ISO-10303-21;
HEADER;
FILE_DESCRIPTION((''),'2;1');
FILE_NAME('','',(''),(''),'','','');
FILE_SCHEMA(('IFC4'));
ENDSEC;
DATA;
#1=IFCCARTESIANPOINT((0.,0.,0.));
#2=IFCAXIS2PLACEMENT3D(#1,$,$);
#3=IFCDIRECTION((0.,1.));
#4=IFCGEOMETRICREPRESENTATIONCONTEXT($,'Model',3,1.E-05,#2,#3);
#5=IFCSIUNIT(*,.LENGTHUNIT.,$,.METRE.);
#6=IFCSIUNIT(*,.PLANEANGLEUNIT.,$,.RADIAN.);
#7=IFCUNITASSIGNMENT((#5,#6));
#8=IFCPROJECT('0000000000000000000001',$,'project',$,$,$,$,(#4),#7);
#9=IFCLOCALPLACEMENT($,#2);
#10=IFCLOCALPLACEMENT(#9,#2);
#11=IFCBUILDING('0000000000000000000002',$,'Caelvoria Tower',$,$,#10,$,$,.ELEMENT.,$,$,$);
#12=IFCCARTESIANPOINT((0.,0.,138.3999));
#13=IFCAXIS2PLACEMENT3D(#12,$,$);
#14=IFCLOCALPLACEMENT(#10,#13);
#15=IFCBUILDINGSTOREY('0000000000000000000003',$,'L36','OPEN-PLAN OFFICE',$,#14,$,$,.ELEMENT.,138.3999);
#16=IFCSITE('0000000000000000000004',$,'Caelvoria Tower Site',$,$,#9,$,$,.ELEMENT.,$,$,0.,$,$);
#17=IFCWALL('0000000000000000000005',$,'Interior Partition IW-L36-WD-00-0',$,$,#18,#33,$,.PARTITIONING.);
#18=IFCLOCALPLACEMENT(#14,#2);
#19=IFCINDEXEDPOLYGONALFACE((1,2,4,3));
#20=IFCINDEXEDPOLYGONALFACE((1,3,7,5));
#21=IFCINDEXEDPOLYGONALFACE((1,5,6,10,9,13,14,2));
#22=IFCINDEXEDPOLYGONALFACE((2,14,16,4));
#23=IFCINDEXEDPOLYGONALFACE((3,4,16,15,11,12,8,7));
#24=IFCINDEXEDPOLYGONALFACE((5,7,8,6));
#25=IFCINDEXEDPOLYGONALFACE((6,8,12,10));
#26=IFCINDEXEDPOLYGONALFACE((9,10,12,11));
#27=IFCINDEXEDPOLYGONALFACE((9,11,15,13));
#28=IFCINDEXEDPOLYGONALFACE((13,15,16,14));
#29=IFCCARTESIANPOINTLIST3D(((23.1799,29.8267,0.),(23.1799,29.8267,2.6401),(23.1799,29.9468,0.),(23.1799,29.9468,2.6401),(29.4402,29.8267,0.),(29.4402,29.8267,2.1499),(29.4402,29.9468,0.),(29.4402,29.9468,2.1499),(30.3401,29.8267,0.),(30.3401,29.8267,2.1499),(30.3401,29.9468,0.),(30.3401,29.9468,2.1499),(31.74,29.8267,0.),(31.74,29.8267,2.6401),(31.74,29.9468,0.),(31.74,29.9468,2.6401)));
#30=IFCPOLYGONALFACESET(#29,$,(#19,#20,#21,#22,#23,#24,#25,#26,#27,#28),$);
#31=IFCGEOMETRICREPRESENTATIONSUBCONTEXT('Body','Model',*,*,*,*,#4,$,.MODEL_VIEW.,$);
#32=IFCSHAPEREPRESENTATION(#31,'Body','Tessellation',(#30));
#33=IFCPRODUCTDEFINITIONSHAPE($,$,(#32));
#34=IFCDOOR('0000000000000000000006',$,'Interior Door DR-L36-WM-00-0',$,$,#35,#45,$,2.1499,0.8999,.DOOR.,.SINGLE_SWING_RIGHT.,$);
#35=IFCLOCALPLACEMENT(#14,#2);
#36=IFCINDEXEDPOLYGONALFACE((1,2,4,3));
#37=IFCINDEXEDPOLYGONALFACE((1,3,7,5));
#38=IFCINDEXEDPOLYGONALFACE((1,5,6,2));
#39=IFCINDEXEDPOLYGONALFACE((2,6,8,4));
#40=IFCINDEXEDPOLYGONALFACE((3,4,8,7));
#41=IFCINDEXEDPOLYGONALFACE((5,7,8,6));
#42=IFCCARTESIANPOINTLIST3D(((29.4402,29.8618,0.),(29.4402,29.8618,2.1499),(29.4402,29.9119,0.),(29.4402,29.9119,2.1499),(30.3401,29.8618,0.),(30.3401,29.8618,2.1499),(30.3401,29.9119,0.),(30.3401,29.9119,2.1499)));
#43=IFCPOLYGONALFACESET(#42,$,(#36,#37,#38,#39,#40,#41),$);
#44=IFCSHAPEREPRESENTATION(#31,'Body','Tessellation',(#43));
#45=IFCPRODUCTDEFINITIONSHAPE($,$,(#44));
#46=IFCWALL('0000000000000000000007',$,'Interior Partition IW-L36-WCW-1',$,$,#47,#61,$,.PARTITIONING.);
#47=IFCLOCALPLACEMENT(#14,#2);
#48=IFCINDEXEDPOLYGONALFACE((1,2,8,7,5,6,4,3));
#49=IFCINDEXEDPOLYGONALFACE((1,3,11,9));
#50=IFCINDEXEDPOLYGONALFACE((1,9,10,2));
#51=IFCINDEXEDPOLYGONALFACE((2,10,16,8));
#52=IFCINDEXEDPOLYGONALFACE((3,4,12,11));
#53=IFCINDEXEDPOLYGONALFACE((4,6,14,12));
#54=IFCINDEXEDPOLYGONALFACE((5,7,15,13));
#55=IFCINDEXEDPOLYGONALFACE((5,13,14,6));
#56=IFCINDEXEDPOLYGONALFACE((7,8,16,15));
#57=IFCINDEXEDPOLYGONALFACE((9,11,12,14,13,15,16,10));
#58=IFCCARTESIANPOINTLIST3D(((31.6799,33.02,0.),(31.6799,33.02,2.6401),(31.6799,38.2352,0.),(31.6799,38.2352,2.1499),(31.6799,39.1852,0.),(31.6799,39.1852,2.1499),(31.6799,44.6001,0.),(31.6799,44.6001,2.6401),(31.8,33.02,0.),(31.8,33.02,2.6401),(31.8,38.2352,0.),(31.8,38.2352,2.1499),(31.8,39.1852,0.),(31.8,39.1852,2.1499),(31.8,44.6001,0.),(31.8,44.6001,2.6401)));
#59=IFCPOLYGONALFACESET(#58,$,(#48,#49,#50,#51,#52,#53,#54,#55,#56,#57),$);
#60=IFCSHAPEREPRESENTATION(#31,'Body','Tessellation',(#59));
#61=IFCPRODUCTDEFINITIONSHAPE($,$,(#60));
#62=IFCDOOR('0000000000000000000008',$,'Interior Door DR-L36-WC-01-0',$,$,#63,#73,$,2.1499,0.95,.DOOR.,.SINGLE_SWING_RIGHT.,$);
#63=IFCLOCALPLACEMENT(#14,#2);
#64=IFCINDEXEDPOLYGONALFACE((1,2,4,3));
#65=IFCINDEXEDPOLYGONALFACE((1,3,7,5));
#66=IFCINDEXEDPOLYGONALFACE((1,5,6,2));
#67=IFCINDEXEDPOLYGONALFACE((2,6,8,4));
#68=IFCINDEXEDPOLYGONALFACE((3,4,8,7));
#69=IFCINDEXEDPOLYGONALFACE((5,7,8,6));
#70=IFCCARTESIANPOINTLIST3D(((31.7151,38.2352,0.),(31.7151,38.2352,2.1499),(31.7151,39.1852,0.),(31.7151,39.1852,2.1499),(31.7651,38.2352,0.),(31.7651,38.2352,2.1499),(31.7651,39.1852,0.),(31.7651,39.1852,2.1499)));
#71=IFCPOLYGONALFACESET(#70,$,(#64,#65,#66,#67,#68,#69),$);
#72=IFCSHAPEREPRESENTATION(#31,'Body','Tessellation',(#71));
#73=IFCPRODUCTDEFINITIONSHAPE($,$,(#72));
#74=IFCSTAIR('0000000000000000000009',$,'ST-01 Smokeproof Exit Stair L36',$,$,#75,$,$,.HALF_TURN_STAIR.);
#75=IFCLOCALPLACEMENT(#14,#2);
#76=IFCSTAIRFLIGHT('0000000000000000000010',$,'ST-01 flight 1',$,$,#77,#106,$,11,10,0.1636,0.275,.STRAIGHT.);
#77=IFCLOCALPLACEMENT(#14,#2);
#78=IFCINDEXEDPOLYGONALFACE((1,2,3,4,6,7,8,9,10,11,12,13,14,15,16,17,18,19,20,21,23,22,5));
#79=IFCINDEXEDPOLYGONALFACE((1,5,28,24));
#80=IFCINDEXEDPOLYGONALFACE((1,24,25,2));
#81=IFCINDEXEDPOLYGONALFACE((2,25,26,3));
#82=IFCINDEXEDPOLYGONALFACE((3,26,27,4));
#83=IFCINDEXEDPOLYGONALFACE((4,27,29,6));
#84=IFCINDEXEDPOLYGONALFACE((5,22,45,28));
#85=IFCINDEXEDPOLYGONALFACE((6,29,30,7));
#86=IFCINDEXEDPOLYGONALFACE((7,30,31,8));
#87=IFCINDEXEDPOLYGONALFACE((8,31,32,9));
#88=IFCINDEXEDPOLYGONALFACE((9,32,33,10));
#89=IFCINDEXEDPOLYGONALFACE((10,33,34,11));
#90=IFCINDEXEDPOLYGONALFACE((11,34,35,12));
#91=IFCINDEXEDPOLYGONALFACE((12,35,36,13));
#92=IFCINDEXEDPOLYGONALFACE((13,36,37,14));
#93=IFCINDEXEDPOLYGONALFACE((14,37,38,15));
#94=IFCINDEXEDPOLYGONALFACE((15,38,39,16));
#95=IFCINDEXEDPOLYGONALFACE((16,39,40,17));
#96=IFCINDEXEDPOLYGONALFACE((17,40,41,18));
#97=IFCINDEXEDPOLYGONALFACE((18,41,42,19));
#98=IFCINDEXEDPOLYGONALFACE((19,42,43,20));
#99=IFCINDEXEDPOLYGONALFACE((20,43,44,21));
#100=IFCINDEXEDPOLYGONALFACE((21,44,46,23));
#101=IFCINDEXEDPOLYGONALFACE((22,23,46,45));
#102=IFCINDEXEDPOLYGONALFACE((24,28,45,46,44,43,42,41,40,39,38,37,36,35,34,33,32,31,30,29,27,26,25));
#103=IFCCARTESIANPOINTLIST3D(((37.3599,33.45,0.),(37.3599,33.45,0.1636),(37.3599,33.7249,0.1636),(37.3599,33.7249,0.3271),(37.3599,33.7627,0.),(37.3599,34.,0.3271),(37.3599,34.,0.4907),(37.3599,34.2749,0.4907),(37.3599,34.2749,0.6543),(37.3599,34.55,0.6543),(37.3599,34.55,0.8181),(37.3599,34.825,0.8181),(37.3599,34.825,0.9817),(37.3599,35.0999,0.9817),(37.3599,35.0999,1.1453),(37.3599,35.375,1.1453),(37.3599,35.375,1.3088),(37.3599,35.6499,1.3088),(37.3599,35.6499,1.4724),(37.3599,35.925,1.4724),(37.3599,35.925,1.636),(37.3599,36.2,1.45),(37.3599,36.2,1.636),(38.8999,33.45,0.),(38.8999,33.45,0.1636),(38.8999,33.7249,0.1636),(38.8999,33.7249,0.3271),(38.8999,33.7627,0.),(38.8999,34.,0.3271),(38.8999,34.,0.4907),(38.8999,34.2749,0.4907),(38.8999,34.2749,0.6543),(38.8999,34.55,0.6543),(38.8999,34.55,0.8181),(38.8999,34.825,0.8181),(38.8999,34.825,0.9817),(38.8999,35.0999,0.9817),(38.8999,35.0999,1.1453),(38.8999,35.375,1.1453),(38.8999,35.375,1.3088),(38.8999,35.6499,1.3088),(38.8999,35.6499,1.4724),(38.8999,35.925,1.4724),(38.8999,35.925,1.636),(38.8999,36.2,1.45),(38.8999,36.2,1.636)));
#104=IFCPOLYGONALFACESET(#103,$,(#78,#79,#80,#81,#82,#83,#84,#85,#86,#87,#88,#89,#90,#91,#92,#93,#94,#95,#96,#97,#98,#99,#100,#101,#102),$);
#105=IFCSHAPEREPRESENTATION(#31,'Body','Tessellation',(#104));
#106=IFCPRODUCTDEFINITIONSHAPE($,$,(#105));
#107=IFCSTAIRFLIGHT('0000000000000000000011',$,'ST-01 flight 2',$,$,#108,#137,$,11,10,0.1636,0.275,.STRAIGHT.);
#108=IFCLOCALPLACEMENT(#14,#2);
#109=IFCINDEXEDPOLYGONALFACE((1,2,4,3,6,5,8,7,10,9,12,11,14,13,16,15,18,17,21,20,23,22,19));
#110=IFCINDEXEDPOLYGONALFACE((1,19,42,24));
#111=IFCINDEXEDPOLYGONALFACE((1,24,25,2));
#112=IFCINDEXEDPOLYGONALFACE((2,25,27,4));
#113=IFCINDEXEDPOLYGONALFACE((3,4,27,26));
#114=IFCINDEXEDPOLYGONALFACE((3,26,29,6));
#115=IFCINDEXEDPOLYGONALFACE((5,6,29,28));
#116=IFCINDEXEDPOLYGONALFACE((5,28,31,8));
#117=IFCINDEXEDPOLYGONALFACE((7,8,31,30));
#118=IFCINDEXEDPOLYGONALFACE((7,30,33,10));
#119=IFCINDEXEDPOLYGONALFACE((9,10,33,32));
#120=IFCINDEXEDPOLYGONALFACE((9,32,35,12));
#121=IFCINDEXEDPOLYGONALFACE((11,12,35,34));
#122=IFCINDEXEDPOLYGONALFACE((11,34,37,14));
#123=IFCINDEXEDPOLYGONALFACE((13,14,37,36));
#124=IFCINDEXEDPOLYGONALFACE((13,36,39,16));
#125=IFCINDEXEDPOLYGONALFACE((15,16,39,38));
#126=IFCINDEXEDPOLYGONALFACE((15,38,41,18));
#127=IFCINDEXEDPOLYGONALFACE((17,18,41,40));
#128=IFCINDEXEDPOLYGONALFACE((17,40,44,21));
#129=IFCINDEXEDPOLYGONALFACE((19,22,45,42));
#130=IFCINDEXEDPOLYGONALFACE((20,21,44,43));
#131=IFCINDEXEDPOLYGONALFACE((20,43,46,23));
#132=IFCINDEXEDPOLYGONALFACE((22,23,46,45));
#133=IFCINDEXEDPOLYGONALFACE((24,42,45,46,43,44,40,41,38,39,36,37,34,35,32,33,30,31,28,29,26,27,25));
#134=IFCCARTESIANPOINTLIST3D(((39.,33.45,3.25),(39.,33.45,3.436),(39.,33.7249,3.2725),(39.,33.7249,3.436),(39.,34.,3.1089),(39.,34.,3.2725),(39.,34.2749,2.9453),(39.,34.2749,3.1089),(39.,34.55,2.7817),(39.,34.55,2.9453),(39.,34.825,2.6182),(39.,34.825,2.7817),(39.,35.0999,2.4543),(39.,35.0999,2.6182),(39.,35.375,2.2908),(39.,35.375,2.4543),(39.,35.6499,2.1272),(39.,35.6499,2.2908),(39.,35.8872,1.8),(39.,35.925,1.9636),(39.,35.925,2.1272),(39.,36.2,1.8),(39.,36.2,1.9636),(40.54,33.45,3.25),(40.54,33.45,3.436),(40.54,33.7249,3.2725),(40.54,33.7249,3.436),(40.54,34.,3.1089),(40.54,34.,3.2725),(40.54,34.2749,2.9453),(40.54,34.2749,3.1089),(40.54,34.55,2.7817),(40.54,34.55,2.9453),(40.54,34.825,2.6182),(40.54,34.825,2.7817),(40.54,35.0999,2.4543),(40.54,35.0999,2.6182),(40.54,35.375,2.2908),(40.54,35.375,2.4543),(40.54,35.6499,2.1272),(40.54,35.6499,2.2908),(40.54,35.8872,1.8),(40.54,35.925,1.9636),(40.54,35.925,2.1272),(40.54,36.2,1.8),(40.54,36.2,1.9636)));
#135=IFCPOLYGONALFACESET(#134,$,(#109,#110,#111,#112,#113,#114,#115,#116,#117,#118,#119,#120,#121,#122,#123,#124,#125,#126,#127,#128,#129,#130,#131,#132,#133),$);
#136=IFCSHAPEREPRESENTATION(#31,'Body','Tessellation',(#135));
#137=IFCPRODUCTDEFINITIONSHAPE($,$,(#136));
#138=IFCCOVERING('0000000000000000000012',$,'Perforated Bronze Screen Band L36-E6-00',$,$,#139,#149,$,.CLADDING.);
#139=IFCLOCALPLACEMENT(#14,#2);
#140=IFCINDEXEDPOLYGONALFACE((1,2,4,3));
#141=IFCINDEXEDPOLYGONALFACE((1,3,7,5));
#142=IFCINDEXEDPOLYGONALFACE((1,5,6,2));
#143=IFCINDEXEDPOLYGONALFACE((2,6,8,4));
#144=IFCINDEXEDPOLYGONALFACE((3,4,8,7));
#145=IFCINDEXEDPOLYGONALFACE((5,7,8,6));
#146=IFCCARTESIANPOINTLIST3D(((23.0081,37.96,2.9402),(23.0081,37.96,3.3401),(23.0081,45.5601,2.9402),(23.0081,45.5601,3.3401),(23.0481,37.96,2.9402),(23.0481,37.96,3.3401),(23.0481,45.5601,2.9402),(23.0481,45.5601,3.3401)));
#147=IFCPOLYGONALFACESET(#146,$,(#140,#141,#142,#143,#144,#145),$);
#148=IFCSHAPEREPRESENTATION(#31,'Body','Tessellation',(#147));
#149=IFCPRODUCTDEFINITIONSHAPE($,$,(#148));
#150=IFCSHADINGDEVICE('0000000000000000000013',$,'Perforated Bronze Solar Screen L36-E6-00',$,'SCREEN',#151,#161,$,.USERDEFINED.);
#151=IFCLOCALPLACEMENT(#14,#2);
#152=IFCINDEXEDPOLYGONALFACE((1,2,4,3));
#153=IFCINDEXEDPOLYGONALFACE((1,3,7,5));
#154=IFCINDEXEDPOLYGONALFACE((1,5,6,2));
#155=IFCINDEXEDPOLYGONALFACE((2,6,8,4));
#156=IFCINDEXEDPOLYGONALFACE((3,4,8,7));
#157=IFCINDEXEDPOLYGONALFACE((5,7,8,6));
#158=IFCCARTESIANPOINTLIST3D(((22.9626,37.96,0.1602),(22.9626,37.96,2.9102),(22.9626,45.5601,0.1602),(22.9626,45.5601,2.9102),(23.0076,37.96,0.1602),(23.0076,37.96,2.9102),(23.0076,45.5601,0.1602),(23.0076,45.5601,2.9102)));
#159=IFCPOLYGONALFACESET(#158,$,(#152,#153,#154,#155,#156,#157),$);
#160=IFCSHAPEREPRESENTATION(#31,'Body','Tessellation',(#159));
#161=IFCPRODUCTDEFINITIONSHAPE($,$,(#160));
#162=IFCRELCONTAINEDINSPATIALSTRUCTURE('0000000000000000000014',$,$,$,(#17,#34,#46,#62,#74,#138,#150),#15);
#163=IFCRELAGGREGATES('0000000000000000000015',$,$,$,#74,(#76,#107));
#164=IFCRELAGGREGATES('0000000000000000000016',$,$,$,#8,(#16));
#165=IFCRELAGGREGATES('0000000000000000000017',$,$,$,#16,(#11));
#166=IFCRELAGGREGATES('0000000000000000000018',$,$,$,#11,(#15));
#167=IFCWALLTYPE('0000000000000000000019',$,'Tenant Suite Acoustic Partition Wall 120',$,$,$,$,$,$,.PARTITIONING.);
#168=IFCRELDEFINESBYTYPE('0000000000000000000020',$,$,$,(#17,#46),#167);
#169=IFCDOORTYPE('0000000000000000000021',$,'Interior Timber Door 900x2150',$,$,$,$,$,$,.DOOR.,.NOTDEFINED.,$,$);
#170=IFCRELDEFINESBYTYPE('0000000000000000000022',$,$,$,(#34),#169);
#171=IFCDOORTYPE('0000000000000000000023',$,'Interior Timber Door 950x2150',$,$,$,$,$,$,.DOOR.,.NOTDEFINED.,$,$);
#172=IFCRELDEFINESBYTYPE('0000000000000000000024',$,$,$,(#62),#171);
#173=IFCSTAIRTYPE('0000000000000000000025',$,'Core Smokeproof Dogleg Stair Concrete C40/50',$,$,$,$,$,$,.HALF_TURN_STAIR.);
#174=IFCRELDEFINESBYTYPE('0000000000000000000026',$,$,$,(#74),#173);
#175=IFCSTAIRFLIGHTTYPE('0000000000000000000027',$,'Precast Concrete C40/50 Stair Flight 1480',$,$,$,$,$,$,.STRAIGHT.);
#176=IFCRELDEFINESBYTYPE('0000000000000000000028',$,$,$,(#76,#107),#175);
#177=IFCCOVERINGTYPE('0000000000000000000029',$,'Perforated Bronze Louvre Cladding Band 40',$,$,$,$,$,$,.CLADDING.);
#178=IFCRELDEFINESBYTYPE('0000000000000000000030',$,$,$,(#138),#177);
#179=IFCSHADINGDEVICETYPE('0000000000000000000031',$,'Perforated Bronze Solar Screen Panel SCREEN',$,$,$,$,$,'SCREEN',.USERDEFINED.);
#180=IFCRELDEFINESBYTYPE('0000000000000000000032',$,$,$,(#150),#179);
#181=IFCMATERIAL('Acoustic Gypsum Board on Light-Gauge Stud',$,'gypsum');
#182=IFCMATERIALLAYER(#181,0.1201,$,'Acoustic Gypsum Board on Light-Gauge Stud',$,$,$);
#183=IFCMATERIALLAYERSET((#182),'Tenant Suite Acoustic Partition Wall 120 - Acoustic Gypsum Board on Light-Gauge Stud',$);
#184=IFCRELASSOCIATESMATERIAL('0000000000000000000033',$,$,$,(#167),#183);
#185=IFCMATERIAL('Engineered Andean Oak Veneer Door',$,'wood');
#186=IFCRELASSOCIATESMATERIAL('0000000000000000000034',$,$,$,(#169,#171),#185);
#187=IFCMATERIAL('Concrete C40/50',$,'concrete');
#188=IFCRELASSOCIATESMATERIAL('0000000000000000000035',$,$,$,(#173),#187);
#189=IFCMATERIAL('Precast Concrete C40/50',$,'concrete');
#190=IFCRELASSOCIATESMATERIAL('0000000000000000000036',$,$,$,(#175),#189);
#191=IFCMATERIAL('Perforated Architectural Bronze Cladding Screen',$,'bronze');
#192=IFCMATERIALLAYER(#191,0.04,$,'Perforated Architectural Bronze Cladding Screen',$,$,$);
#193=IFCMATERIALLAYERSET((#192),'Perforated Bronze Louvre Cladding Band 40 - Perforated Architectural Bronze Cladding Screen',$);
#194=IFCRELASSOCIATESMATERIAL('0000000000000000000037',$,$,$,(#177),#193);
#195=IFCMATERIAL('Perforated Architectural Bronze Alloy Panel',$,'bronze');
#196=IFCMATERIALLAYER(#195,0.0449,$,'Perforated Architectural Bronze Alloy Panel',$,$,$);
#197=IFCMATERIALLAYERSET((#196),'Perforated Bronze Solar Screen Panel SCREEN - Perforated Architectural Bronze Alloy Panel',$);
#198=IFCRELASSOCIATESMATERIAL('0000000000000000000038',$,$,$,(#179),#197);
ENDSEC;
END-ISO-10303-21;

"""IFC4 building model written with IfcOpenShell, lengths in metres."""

from ifc_helpers import new_model, si_unit, direction, frame, frame_2d, origin, origin_2d, place, context, subcontext, project, spatial, polyline, rectangle, outline, extrude, material, layer, layer_set, type_object, element, fill, aggregate, save


model = new_model("IFC4")

# Units and contexts
model_context = context("Model", 3, precision=1e-05, world=origin(), true_north=direction((0.0, 1.0)))
body_context = subcontext(model_context, "Body", "Model", "MODEL_VIEW")
ifc_project = project(units=[si_unit("LENGTHUNIT", "METRE"), si_unit("PLANEANGLEUNIT", "RADIAN")], contexts=[model_context])

# Site, building, storey
site_placement = place(None, origin())
site = spatial("IfcSite", under=ifc_project, at=site_placement, Name="Caelvoria Tower Site", CompositionType="ELEMENT", RefElevation=0.0)
building_placement = place(site_placement, origin())
building = spatial("IfcBuilding", under=site, at=building_placement, Name="Caelvoria Tower", CompositionType="ELEMENT")
storey_placement = place(building_placement, frame((0.0, 0.0, 138.3999)))
storey = spatial("IfcBuildingStorey", under=building, at=storey_placement, Name="L36", Description="OPEN-PLAN OFFICE", CompositionType="ELEMENT", Elevation=138.3999)

# Walls, openings, doors
ifc_material_1 = material(Name="Acoustic Gypsum Board on Light-Gauge Stud", Category="gypsum")
ifc_layer_1 = layer(ifc_material_1, 0.1201, Name="Acoustic Gypsum Board on Light-Gauge Stud")
ifc_layer_set_1 = layer_set([ifc_layer_1], Name="Tenant Suite Acoustic Partition Wall 120 - Acoustic Gypsum Board on Light-Gauge Stud")
wall_type_1 = type_object("IfcWallType", Name="Tenant Suite Acoustic Partition Wall 120", PredefinedType="PARTITIONING", material=ifc_layer_set_1)
wall_1_placement = place(storey_placement, frame((31.74, 29.8867, 0.0), z_axis=(0.0, 0.0, 1.0), x_axis=(-1.0, 0.0, 0.0)))
wall_1 = element("IfcWall", 1, at=wall_1_placement, inside=storey, type_object=wall_type_1, Name="Interior Partition IW-L36-WD-00-0", PredefinedType="PARTITIONING", context=body_context, shape_type="SweptSolid", body=[
    extrude(rectangle(XDim=8.5601, YDim=0.1201, at=frame_2d((4.28, 0.0))), origin(), (0.0, 0.0, 1.0), 2.6401),
])
opening_1_placement = place(wall_1_placement, frame((1.3999, 0.0, 0.0)))
opening_1 = element("IfcOpeningElement", 2, at=opening_1_placement, cuts=wall_1, PredefinedType="OPENING", context=body_context, shape_type="SweptSolid", body=[
    extrude(rectangle(XDim=0.8999, YDim=2.1499, at=frame_2d((0.45, 1.075))), frame((0.0, 0.0701, 0.0), z_axis=(0.0, -1.0, 0.0), x_axis=(1.0, 0.0, 0.0)), (0.0, 0.0, 1.0), 0.1401),
])
ifc_material_2 = material(Name="Engineered Andean Oak Veneer Door", Category="wood")
door_type_1 = type_object("IfcDoorType", Name="Interior Timber Door 900x2150", OperationType="NOTDEFINED", PredefinedType="DOOR", material=ifc_material_2)
door_1_placement = place(opening_1_placement, origin())
door_1 = element("IfcDoor", 3, at=door_1_placement, inside=storey, type_object=door_type_1, Name="Interior Door DR-L36-WM-00-0", OperationType="SINGLE_SWING_RIGHT", OverallHeight=2.1499, OverallWidth=0.8999, PredefinedType="DOOR", context=body_context, shape_type="SweptSolid", body=[
    extrude(rectangle(XDim=0.8999, YDim=2.1499, at=frame_2d((0.45, 1.075))), frame((0.0, 0.0249, 0.0), z_axis=(0.0, -1.0, 0.0), x_axis=(1.0, 0.0, 0.0)), (0.0, 0.0, 1.0), 0.05),
])
fill(opening_1, door_1)
wall_2_placement = place(storey_placement, frame((31.74, 33.02, 0.0), z_axis=(0.0, 0.0, 1.0), x_axis=(0.0, 1.0, 0.0)))
wall_2 = element("IfcWall", 4, at=wall_2_placement, inside=storey, type_object=wall_type_1, Name="Interior Partition IW-L36-WCW-1", PredefinedType="PARTITIONING", context=body_context, shape_type="SweptSolid", body=[
    extrude(rectangle(XDim=11.5801, YDim=0.1201, at=frame_2d((5.79, 0.0))), origin(), (0.0, 0.0, 1.0), 2.6401),
])
opening_2_placement = place(wall_2_placement, frame((5.2151, 0.0, 0.0)))
opening_2 = element("IfcOpeningElement", 5, at=opening_2_placement, cuts=wall_2, PredefinedType="OPENING", context=body_context, shape_type="SweptSolid", body=[
    extrude(rectangle(XDim=0.95, YDim=2.1499, at=frame_2d((0.4751, 1.075))), frame((0.0, 0.0701, 0.0), z_axis=(0.0, -1.0, 0.0), x_axis=(1.0, 0.0, 0.0)), (0.0, 0.0, 1.0), 0.1401),
])
door_type_2 = type_object("IfcDoorType", Name="Interior Timber Door 950x2150", OperationType="NOTDEFINED", PredefinedType="DOOR", material=ifc_material_2)
door_2_placement = place(opening_2_placement, origin())
door_2 = element("IfcDoor", 6, at=door_2_placement, inside=storey, type_object=door_type_2, Name="Interior Door DR-L36-WC-01-0", OperationType="SINGLE_SWING_RIGHT", OverallHeight=2.1499, OverallWidth=0.95, PredefinedType="DOOR", context=body_context, shape_type="SweptSolid", body=[
    extrude(rectangle(XDim=0.95, YDim=2.1499, at=frame_2d((0.4751, 1.075))), frame((0.0, 0.0249, 0.0), z_axis=(0.0, -1.0, 0.0), x_axis=(1.0, 0.0, 0.0)), (0.0, 0.0, 1.0), 0.05),
])
fill(opening_2, door_2)

# Stair, stair flights
ifc_material_3 = material(Name="Concrete C40/50", Category="concrete")
stair_type = type_object("IfcStairType", Name="Core Smokeproof Dogleg Stair Concrete C40/50", PredefinedType="HALF_TURN_STAIR", material=ifc_material_3)
stair_placement = place(storey_placement, origin())
stair = element("IfcStair", 7, at=stair_placement, inside=storey, type_object=stair_type, Name="ST-01 Smokeproof Exit Stair L36", PredefinedType="HALF_TURN_STAIR")
ifc_material_4 = material(Name="Precast Concrete C40/50", Category="concrete")
stair_flight_type = type_object("IfcStairFlightType", Name="Precast Concrete C40/50 Stair Flight 1480", PredefinedType="STRAIGHT", material=ifc_material_4)
stair_flight_1_placement = place(storey_placement, frame((38.1299, 33.45, 0.0), z_axis=(0.0, 0.0, 1.0), x_axis=(0.0, 1.0, 0.0)))
stair_flight_1 = element("IfcStairFlight", 8, at=stair_flight_1_placement, type_object=stair_flight_type, Name="ST-01 flight 1", NumberOfRisers=11, NumberOfTreads=10, PredefinedType="STRAIGHT", RiserHeight=0.1636, TreadLength=0.275, context=body_context, shape_type="SweptSolid", body=[
    extrude(outline(polyline([(0.0, 0.0), (0.0, 0.1636), (0.2749, 0.1636), (0.2749, 0.3271), (0.55, 0.3271), (0.55, 0.4907), (0.825, 0.4907), (0.825, 0.6543), (1.1001, 0.6543), (1.1001, 0.8181), (1.375, 0.8181), (1.375, 0.9817), (1.6499, 0.9817), (1.6499, 1.1453), (1.925, 1.1453), (1.925, 1.3088), (2.2, 1.3088), (2.2, 1.4724), (2.4751, 1.4724), (2.4751, 1.636), (2.75, 1.636), (2.75, 1.7996), (2.75, 1.45), (0.3127, 0.0), (0.0, 0.0)])), frame((0.0, 0.77, 0.0), z_axis=(0.0, -1.0, 0.0), x_axis=(1.0, 0.0, 0.0)), (0.0, 0.0, 1.0), 1.54),
])
stair_flight_2_placement = place(storey_placement, frame((39.77, 36.2, 1.8), z_axis=(0.0, 0.0, 1.0), x_axis=(0.0, -1.0, 0.0)))
stair_flight_2 = element("IfcStairFlight", 9, at=stair_flight_2_placement, type_object=stair_flight_type, Name="ST-01 flight 2", NumberOfRisers=11, NumberOfTreads=10, PredefinedType="STRAIGHT", RiserHeight=0.1636, TreadLength=0.275, context=body_context, shape_type="SweptSolid", body=[
    extrude(outline(polyline([(0.0, 0.0), (0.0, 0.1636), (0.2749, 0.1636), (0.2749, 0.3271), (0.55, 0.3271), (0.55, 0.4907), (0.825, 0.4907), (0.825, 0.6543), (1.1001, 0.6543), (1.1001, 0.8181), (1.375, 0.8181), (1.375, 0.9817), (1.6499, 0.9817), (1.6499, 1.1453), (1.925, 1.1453), (1.925, 1.3088), (2.2, 1.3088), (2.2, 1.4724), (2.4751, 1.4724), (2.4751, 1.636), (2.75, 1.636), (2.75, 1.7996), (2.75, 1.45), (0.3127, 0.0), (0.0, 0.0)])), frame((0.0, 0.77, 0.0), z_axis=(0.0, -1.0, 0.0), x_axis=(1.0, 0.0, 0.0)), (0.0, 0.0, 1.0), 1.54),
])
aggregate(stair, [stair_flight_1, stair_flight_2])

# Covering
ifc_material_5 = material(Name="Perforated Architectural Bronze Cladding Screen", Category="bronze")
ifc_layer_2 = layer(ifc_material_5, 0.04, Name="Perforated Architectural Bronze Cladding Screen")
ifc_layer_set_2 = layer_set([ifc_layer_2], Name="Perforated Bronze Louvre Cladding Band 40 - Perforated Architectural Bronze Cladding Screen")
covering_type = type_object("IfcCoveringType", Name="Perforated Bronze Louvre Cladding Band 40", PredefinedType="CLADDING", material=ifc_layer_set_2)
covering_placement = place(storey_placement, frame((23.0281, 41.76, 2.9402), z_axis=(0.0, 0.0, 1.0), x_axis=(0.0, -1.0, 0.0)))
element("IfcCovering", 10, at=covering_placement, inside=storey, type_object=covering_type, Name="Perforated Bronze Screen Band L36-E6-00", PredefinedType="CLADDING", context=body_context, shape_type="SweptSolid", body=[
    extrude(rectangle(XDim=7.6001, YDim=0.04, at=origin_2d()), origin(), (0.0, 0.0, 1.0), 0.3999),
])

# Shading device
ifc_material_6 = material(Name="Perforated Architectural Bronze Alloy Panel", Category="bronze")
ifc_layer_3 = layer(ifc_material_6, 0.0449, Name="Perforated Architectural Bronze Alloy Panel")
ifc_layer_set_3 = layer_set([ifc_layer_3], Name="Perforated Bronze Solar Screen Panel SCREEN - Perforated Architectural Bronze Alloy Panel")
shading_device_type = type_object("IfcShadingDeviceType", Name="Perforated Bronze Solar Screen Panel SCREEN", ElementType="SCREEN", PredefinedType="USERDEFINED", material=ifc_layer_set_3)
shading_device_placement = place(storey_placement, frame((22.9851, 41.76, 0.1602), z_axis=(0.0, 0.0, 1.0), x_axis=(0.0, -1.0, 0.0)))
element("IfcShadingDevice", 11, at=shading_device_placement, inside=storey, type_object=shading_device_type, Name="Perforated Bronze Solar Screen L36-E6-00", ObjectType="SCREEN", PredefinedType="USERDEFINED", context=body_context, shape_type="SweptSolid", body=[
    extrude(rectangle(XDim=7.6001, YDim=0.0449, at=origin_2d()), origin(), (0.0, 0.0, 1.0), 2.75),
])

save(model, "model.ifc")
